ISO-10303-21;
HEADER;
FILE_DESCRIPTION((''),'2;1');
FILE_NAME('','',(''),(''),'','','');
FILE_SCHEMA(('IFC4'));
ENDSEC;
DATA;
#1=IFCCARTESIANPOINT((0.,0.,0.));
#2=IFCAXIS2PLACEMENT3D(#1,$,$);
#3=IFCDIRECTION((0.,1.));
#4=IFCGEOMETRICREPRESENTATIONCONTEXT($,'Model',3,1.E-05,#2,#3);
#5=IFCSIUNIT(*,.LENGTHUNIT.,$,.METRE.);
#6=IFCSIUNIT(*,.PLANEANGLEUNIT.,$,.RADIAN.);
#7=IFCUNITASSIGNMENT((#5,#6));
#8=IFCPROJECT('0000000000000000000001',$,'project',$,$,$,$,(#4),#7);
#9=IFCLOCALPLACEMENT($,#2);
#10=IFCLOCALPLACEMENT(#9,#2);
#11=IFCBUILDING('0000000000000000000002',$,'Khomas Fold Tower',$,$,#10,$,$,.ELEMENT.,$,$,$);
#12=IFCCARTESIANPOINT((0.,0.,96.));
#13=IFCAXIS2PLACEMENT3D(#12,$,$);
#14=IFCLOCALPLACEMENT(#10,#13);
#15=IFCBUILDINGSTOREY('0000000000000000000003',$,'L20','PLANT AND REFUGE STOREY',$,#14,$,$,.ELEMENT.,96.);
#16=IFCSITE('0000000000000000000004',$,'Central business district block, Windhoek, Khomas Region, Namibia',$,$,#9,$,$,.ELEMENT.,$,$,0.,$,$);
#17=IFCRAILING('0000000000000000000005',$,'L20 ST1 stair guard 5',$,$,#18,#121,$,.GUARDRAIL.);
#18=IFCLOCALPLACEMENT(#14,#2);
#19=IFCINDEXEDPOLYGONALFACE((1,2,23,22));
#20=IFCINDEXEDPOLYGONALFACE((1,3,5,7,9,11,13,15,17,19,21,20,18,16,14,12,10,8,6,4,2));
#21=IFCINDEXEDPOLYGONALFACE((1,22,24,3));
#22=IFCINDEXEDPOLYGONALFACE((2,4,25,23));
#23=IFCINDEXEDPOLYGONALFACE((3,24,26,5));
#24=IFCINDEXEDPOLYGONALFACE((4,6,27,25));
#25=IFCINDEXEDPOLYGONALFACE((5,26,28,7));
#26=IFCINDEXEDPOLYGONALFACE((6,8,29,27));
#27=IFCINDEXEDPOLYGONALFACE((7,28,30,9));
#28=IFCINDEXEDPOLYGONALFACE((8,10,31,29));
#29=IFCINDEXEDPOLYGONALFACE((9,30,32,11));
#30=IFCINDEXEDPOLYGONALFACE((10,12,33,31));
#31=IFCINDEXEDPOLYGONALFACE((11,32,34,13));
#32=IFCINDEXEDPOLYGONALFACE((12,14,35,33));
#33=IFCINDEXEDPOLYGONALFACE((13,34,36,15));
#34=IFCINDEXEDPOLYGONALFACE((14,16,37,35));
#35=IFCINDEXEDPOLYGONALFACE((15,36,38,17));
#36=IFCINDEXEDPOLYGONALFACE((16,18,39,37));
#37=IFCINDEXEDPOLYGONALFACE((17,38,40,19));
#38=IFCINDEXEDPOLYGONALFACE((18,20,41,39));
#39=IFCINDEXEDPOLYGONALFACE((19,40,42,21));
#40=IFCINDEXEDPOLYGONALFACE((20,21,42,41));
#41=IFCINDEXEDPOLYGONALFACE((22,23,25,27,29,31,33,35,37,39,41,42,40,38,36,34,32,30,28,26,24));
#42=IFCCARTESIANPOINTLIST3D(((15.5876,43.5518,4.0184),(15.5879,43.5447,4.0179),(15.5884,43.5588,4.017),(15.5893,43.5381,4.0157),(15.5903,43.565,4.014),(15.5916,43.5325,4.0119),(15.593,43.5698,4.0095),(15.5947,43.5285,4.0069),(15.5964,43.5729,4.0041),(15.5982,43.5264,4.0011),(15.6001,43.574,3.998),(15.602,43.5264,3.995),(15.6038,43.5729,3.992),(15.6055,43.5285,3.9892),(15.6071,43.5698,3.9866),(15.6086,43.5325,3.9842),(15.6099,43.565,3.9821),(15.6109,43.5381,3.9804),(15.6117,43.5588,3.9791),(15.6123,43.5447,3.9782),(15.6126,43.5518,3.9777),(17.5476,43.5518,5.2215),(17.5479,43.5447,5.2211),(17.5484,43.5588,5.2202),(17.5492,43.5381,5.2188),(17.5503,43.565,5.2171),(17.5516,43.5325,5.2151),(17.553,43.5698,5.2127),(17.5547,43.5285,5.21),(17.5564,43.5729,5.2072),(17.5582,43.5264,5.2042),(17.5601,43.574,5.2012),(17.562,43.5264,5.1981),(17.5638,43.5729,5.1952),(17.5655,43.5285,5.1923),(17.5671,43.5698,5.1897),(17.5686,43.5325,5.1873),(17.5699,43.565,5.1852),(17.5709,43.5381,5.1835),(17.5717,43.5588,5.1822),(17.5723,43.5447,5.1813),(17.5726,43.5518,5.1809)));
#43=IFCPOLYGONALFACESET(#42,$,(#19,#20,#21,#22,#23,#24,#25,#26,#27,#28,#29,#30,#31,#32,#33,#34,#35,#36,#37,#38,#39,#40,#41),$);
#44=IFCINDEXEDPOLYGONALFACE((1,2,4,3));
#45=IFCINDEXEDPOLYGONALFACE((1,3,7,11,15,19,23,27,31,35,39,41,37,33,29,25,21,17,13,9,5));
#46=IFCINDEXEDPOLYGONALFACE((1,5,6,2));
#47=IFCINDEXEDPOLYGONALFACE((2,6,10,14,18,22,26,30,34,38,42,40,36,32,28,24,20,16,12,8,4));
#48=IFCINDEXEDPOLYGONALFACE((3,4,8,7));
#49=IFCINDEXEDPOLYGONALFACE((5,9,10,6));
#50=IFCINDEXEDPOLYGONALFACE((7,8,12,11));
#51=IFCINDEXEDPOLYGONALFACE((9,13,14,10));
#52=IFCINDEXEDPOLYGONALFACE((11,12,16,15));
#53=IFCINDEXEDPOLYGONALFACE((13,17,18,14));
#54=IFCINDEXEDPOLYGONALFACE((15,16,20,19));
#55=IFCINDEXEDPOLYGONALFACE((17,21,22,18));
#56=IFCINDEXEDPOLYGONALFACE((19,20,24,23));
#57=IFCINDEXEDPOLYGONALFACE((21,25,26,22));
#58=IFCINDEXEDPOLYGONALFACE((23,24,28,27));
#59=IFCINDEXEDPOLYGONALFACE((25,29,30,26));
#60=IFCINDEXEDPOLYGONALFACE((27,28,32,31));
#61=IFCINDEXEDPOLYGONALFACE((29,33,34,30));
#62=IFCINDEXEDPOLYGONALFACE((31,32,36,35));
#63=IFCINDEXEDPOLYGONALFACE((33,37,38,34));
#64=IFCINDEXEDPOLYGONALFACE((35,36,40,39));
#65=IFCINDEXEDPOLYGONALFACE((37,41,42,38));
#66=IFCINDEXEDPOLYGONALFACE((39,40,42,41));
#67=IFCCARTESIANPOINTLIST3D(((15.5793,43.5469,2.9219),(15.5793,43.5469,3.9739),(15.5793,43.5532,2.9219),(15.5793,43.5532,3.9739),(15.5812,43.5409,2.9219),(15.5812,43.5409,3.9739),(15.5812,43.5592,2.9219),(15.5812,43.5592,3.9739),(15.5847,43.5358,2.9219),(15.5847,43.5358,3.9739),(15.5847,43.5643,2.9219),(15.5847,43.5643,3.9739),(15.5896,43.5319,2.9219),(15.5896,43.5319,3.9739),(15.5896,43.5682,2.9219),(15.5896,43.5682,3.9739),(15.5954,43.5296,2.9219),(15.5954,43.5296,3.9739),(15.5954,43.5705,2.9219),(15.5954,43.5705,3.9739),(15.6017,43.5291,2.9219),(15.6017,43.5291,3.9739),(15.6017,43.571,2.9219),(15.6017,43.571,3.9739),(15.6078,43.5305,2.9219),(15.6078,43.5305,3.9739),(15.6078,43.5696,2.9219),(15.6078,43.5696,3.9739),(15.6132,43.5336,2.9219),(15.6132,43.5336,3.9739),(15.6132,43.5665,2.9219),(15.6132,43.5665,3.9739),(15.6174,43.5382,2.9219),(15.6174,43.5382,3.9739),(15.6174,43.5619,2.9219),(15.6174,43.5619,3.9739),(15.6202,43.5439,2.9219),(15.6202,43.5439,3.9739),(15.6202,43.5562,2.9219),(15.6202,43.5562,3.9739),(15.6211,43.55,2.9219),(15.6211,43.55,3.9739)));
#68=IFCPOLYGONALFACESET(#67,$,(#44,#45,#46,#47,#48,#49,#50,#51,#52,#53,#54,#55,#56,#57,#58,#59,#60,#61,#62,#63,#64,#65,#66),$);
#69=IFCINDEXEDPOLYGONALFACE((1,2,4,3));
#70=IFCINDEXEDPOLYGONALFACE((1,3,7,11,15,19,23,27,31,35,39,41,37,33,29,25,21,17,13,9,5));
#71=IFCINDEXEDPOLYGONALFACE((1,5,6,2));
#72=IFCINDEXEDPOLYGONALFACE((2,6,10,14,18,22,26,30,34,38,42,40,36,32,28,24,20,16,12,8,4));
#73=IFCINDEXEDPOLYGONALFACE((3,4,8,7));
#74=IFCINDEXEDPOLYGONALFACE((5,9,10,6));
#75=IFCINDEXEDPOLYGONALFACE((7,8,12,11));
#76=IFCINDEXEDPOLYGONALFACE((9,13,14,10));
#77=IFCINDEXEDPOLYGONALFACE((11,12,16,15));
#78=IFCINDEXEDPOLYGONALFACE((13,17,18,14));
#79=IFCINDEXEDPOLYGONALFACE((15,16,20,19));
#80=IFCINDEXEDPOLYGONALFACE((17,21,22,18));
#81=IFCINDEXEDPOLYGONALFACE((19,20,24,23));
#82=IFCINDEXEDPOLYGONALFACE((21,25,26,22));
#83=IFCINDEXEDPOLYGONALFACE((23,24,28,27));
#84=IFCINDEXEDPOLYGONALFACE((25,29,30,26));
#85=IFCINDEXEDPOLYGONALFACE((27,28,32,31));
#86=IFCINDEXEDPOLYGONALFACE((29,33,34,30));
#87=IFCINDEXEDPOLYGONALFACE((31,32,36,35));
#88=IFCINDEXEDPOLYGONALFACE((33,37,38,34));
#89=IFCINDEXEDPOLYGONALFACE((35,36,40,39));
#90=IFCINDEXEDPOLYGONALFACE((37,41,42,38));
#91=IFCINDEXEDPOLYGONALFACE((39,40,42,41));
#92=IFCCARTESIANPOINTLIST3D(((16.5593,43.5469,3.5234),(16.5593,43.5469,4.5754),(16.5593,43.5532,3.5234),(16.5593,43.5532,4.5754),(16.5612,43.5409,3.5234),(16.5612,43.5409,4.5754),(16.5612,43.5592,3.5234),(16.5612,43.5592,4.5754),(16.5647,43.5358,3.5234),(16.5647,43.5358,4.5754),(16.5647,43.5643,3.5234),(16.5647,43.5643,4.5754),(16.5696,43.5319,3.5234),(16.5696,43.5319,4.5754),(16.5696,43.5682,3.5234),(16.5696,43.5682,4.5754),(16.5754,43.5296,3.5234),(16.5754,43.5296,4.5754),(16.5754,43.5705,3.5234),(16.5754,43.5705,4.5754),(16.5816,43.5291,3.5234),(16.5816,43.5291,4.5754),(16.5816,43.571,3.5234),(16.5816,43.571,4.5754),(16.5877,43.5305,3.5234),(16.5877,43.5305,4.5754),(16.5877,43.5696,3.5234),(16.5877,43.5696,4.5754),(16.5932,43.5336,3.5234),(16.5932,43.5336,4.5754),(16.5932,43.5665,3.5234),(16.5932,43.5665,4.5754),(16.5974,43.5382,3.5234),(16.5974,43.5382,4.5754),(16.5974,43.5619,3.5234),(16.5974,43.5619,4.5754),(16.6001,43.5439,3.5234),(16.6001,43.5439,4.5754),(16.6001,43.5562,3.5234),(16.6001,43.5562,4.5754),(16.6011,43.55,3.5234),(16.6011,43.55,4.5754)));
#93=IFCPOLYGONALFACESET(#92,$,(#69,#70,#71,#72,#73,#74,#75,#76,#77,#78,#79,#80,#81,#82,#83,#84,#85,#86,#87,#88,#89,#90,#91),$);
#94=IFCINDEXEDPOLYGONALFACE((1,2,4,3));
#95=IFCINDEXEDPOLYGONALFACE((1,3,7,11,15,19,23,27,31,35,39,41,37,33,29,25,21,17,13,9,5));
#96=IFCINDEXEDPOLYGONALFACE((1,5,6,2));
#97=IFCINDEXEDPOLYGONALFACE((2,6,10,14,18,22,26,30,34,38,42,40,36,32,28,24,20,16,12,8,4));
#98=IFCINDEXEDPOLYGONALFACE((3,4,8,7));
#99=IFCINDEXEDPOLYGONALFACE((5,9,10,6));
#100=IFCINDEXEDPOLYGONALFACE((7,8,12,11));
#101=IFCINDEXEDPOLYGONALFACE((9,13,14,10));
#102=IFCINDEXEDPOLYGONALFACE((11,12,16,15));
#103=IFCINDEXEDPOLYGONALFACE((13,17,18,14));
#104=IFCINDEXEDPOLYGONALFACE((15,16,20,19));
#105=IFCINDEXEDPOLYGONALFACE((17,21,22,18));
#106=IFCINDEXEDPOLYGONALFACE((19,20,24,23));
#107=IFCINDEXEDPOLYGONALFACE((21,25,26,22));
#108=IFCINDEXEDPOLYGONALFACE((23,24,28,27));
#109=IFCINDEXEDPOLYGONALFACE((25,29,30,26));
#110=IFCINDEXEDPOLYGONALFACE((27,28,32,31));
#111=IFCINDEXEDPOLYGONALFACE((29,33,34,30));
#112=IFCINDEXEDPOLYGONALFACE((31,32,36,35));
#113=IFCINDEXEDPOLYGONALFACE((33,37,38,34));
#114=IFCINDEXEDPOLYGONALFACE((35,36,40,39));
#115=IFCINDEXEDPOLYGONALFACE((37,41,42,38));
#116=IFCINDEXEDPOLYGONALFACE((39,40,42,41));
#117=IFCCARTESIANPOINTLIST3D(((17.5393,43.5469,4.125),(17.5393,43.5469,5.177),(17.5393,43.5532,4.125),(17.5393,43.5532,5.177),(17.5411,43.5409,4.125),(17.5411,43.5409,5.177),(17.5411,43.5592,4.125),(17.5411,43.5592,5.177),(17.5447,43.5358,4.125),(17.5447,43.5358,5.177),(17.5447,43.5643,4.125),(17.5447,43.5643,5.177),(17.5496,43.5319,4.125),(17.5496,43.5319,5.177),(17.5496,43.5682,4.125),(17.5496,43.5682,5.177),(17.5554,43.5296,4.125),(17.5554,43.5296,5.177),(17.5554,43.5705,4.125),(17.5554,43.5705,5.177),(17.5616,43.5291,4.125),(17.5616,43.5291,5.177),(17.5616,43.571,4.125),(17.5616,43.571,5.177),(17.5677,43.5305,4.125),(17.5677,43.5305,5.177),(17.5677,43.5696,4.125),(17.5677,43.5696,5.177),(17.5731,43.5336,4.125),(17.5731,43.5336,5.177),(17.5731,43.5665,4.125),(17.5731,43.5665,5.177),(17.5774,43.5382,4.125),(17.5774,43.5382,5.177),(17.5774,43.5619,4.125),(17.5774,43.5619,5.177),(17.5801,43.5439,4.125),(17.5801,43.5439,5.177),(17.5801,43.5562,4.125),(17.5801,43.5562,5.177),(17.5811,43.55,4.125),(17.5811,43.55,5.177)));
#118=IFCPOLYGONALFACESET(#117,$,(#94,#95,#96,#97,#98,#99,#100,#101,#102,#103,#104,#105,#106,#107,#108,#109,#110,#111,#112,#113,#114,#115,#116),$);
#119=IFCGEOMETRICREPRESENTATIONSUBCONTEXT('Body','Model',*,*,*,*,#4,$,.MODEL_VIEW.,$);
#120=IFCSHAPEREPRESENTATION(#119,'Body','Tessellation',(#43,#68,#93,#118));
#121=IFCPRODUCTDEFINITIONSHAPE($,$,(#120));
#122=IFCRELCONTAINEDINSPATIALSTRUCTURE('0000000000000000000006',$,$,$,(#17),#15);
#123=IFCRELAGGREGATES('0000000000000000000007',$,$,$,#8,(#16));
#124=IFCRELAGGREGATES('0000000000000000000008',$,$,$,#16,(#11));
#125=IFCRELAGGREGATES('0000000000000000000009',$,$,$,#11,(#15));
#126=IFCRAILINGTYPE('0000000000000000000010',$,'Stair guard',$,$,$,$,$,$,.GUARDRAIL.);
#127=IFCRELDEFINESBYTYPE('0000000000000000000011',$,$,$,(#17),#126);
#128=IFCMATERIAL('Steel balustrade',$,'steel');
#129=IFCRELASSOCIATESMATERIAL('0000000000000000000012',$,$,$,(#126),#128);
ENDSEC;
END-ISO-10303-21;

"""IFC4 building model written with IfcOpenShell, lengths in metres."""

from ifc_helpers import new_model, si_unit, direction, frame, origin, origin_2d, place, context, subcontext, project, spatial, circle, extrude, source, transform, mapped, material, type_object, element, save


model = new_model("IFC4")

# Units and contexts
model_context = context("Model", 3, precision=1e-05, world=origin(), true_north=direction((0.0, 1.0)))
body_context = subcontext(model_context, "Body", "Model", "MODEL_VIEW")
ifc_project = project(units=[si_unit("LENGTHUNIT", "METRE"), si_unit("PLANEANGLEUNIT", "RADIAN")], contexts=[model_context])

# Site, building, storey
site_placement = place(None, origin())
site = spatial("IfcSite", under=ifc_project, at=site_placement, Name="Central business district block, Windhoek, Khomas Region, Namibia", CompositionType="ELEMENT", RefElevation=0.0)
building_placement = place(site_placement, origin())
building = spatial("IfcBuilding", under=site, at=building_placement, Name="Khomas Fold Tower", CompositionType="ELEMENT")
storey_placement = place(building_placement, frame((0.0, 0.0, 96.0)))
storey = spatial("IfcBuildingStorey", under=building, at=storey_placement, Name="L20", Description="PLANT AND REFUGE STOREY", CompositionType="ELEMENT", Elevation=96.0)

# Railing
ifc_material_1 = material(Name="Steel balustrade", Category="steel")
railing_type_1 = type_object("IfcRailingType", Name="Stair guard", PredefinedType="GUARDRAIL", material=ifc_material_1)
shared_shape_1 = source(origin(), body_context, "Body", "SweptSolid", [
    extrude(circle(Radius=0.0239, at=origin_2d()), frame((0.0, 0.0, 1.0762), z_axis=(0.852241, 0.0, 0.523149), x_axis=(0.0, 1.0, 0.0)), (0.0, 0.0, 1.0), 2.2998),
    extrude(circle(Radius=0.021, at=origin_2d()), origin(), (0.0, 0.0, 1.0), 1.052),
    extrude(circle(Radius=0.021, at=origin_2d()), frame((0.98, 0.0, 0.6016)), (0.0, 0.0, 1.0), 1.052),
    extrude(circle(Radius=0.021, at=origin_2d()), frame((1.96, 0.0, 1.2031)), (0.0, 0.0, 1.0), 1.052),
])
for number, where, name in (
    (1, (15.6001, 43.55, 2.9219), "L20 ST1 stair guard 5"),
):
    element("IfcRailing", number, at=place(storey_placement, frame(where)), inside=storey, type_object=railing_type_1, Name=name, PredefinedType="GUARDRAIL", context=body_context, shape_type="MappedRepresentation", body=[
        mapped(shared_shape_1, transform((0.0, 0.0, 0.0))),
    ])

save(model, "model.ifc")
